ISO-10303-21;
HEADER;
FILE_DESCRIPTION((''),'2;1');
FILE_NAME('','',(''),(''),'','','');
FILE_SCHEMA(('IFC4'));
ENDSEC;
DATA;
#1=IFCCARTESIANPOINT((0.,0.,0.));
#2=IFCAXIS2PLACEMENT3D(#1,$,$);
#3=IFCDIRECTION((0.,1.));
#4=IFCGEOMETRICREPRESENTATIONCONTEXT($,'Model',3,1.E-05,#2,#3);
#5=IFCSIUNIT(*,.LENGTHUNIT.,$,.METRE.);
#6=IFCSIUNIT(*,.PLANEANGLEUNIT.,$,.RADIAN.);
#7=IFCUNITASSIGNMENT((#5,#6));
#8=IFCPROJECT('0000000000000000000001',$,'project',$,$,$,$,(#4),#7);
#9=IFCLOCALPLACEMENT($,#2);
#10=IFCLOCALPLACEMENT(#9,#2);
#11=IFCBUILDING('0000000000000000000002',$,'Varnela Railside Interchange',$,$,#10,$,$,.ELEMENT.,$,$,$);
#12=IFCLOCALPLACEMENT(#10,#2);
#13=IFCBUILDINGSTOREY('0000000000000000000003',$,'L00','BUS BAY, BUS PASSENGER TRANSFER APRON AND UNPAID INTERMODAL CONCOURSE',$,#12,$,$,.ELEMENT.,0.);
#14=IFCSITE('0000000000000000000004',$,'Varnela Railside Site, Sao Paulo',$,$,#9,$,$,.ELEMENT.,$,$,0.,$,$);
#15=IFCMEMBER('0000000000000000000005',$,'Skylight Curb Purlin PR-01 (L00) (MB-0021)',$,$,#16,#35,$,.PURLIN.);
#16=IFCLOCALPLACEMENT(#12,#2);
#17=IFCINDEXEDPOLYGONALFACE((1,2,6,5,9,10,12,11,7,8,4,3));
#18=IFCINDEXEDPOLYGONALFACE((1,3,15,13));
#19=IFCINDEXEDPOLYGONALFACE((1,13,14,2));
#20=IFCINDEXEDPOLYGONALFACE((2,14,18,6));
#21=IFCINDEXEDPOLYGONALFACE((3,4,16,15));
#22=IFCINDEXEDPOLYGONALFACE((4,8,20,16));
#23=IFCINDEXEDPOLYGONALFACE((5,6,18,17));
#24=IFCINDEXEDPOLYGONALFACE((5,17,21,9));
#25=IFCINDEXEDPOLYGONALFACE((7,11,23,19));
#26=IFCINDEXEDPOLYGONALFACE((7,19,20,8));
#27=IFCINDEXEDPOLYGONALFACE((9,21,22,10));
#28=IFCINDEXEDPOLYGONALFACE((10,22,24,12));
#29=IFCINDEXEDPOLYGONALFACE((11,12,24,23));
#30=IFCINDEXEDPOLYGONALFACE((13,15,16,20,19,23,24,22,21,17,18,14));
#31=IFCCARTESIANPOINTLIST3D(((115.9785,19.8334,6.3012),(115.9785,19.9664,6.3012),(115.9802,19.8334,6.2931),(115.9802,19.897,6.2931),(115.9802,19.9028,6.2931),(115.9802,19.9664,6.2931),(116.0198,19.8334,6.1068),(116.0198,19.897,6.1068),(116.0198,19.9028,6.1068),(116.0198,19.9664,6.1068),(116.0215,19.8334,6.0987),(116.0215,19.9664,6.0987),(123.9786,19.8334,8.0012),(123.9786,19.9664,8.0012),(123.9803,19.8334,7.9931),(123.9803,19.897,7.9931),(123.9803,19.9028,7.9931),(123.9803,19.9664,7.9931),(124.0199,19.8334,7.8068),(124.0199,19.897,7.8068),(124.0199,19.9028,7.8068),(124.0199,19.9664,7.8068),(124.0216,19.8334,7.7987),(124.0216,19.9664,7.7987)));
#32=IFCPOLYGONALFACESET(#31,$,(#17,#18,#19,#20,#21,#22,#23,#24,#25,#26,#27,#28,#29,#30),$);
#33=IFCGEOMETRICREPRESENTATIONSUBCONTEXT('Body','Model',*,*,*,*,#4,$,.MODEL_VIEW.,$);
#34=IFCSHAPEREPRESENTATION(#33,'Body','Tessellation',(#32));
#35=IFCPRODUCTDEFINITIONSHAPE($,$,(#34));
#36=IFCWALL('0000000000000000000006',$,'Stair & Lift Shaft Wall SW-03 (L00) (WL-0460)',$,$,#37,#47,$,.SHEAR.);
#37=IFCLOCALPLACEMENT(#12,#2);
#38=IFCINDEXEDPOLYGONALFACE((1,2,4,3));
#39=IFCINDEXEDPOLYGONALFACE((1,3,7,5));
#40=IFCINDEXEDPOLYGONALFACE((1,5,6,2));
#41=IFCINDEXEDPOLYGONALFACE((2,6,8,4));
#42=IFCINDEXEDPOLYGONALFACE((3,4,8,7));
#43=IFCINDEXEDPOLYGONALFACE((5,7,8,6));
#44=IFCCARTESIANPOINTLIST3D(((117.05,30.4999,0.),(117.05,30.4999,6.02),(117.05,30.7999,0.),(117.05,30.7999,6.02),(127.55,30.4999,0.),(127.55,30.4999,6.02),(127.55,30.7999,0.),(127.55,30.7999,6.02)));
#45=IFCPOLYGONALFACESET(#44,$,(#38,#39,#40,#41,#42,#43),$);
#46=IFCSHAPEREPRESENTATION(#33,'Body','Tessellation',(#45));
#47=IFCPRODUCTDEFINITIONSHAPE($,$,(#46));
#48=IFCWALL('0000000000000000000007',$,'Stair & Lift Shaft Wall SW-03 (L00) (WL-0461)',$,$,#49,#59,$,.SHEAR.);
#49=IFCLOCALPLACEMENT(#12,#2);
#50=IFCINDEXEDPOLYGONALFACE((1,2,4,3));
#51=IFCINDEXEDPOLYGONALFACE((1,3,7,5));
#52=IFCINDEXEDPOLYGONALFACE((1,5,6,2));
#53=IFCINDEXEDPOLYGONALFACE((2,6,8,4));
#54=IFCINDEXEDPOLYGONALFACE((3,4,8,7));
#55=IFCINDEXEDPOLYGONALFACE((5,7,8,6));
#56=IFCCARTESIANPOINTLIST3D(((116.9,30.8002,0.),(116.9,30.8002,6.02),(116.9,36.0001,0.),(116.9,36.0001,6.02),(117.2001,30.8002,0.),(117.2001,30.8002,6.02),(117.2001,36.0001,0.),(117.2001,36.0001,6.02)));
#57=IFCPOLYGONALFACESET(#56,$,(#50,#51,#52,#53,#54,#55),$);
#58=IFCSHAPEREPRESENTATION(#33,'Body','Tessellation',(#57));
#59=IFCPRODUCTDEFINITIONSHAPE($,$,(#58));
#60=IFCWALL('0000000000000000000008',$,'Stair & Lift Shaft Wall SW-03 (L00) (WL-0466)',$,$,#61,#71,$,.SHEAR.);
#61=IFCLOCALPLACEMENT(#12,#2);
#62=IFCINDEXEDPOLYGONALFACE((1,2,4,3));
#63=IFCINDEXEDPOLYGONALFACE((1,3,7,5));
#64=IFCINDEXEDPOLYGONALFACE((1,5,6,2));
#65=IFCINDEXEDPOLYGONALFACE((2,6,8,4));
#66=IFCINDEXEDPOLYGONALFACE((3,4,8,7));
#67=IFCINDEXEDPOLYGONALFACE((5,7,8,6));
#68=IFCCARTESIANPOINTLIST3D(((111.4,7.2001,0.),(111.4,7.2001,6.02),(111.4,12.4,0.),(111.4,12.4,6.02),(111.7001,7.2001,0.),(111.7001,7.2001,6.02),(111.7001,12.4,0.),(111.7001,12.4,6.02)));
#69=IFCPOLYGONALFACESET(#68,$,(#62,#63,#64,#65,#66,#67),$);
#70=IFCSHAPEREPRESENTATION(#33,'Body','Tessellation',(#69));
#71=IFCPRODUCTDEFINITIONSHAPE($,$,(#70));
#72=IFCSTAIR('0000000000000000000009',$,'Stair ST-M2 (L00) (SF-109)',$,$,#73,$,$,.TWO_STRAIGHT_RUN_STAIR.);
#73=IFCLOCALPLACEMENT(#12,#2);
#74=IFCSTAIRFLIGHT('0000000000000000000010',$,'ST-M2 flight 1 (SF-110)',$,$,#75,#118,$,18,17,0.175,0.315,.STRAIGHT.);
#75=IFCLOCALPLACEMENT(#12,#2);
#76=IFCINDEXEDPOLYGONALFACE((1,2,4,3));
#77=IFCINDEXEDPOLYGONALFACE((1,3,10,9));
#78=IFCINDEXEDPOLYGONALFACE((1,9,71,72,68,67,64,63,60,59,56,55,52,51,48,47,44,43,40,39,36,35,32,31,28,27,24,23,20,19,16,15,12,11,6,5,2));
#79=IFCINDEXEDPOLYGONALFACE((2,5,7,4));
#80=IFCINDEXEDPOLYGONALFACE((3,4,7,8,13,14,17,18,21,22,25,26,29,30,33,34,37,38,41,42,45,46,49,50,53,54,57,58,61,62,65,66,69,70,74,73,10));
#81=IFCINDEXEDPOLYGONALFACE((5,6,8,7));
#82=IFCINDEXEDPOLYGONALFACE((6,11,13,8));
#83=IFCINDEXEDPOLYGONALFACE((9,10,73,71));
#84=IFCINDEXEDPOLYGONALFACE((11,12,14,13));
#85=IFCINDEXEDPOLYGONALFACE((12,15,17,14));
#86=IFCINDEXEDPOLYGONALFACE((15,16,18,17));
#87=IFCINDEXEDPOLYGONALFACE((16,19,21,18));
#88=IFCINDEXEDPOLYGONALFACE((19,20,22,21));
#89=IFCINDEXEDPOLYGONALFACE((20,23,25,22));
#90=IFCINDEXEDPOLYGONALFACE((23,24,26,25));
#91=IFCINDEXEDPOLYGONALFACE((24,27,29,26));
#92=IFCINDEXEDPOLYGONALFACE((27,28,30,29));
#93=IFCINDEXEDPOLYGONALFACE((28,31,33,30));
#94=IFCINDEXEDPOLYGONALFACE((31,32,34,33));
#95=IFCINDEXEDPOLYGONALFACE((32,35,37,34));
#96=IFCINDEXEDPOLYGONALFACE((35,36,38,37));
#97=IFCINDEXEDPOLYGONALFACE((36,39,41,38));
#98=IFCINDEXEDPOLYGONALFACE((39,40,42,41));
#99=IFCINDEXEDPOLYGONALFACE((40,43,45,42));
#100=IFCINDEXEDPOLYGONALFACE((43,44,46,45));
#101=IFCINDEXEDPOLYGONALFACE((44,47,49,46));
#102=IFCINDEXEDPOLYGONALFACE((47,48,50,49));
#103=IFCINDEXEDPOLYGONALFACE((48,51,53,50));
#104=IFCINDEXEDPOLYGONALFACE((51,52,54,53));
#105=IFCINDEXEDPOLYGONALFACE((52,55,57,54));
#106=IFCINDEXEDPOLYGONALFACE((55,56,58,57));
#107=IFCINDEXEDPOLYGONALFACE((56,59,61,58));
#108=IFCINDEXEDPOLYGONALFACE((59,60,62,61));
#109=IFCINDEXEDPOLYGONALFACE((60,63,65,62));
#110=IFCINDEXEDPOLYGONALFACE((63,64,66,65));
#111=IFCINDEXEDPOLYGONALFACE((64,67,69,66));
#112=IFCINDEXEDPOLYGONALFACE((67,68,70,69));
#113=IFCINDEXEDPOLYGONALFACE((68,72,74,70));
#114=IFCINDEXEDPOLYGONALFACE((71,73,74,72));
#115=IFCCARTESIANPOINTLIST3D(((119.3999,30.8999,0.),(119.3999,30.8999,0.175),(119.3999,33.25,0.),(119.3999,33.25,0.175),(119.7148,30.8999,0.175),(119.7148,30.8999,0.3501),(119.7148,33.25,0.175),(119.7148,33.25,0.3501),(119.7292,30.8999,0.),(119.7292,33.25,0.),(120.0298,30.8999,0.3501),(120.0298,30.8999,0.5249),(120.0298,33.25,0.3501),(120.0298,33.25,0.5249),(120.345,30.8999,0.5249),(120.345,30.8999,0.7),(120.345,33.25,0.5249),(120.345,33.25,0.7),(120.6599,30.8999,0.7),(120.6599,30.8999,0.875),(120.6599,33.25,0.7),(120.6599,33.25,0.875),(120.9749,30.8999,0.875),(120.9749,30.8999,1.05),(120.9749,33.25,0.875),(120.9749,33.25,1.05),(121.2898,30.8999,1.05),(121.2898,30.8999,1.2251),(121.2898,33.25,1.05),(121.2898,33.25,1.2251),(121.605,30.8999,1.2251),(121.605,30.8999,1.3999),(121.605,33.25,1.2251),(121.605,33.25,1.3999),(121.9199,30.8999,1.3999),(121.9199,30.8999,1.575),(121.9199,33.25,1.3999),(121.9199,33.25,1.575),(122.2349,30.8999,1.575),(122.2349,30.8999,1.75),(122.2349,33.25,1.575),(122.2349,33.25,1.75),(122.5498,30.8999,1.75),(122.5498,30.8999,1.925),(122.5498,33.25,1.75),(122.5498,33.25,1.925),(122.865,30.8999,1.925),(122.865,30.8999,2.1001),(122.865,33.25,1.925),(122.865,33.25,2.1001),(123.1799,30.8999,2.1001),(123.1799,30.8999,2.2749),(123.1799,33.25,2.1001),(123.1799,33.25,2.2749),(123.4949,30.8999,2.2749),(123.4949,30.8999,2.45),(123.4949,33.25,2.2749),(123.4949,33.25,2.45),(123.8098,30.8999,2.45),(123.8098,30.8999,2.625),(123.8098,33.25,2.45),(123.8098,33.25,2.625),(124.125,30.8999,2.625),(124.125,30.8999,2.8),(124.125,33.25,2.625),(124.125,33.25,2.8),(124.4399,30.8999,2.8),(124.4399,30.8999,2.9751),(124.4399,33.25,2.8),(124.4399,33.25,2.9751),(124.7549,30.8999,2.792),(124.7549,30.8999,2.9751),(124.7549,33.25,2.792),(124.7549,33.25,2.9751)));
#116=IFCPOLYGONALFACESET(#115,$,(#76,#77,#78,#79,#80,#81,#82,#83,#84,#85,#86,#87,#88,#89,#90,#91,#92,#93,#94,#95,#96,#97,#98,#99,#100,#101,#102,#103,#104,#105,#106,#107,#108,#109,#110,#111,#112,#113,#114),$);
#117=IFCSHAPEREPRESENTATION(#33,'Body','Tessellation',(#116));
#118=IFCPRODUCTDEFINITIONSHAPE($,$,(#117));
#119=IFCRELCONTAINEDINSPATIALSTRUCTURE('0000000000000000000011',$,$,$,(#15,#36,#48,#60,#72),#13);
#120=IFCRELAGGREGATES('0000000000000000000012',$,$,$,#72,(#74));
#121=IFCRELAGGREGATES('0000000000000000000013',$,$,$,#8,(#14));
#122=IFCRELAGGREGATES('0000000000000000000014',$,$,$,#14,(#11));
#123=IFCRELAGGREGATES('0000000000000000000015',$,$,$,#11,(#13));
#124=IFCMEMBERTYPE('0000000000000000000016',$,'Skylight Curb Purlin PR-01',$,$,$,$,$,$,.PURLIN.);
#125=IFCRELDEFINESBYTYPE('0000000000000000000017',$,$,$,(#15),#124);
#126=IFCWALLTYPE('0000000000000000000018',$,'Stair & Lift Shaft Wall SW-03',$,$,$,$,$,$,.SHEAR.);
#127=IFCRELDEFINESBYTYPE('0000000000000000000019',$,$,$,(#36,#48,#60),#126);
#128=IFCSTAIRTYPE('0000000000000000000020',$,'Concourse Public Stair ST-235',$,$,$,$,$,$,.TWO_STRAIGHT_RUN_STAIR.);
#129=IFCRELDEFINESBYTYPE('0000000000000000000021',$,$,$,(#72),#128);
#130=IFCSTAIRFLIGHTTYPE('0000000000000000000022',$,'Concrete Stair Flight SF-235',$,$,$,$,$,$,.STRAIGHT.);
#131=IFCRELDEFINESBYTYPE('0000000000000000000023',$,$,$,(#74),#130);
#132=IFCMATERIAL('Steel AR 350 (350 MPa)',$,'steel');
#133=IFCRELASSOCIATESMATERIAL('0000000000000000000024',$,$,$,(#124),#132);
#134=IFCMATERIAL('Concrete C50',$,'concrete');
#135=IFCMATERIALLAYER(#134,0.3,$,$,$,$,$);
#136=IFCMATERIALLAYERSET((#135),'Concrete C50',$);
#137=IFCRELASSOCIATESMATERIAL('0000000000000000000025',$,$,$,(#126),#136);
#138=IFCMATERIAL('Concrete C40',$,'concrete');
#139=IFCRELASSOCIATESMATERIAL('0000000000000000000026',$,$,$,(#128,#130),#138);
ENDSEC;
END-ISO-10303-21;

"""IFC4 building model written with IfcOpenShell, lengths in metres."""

from ifc_helpers import new_model, si_unit, direction, frame, frame_2d, origin, origin_2d, place, context, subcontext, project, spatial, polyline, rectangle, i_section, outline, extrude, material, layer, layer_set, material_profile, profile_set, type_object, element, aggregate, save


model = new_model("IFC4")

# Units and contexts
model_context = context("Model", 3, precision=1e-05, world=origin(), true_north=direction((0.0, 1.0)))
body_context = subcontext(model_context, "Body", "Model", "MODEL_VIEW")
ifc_project = project(units=[si_unit("LENGTHUNIT", "METRE"), si_unit("PLANEANGLEUNIT", "RADIAN")], contexts=[model_context])

# Site, building, storey
site_placement = place(None, origin())
site = spatial("IfcSite", under=ifc_project, at=site_placement, Name="Varnela Railside Site, Sao Paulo", CompositionType="ELEMENT", RefElevation=0.0)
building_placement = place(site_placement, origin())
building = spatial("IfcBuilding", under=site, at=building_placement, Name="Varnela Railside Interchange", CompositionType="ELEMENT")
storey_placement = place(building_placement, origin())
storey = spatial("IfcBuildingStorey", under=building, at=storey_placement, Name="L00", Description="BUS BAY, BUS PASSENGER TRANSFER APRON AND UNPAID INTERMODAL CONCOURSE", CompositionType="ELEMENT", Elevation=0.0)

# Shared definitions
ifc_material_1 = material(Name="Concrete C50", Category="concrete")

# Shared definitions
ifc_material_2 = material(Name="Steel AR 350 (350 MPa)", Category="steel")

# Shared definitions
ifc_material_3 = material(Name="Concrete C40", Category="concrete")

# Member
ifc_material_profile_1 = material_profile(ifc_material_2, i_section(OverallWidth=0.1331, OverallDepth=0.207, WebThickness=0.0059, FlangeThickness=0.0083, at=origin_2d()), Name="W200x26.6")
ifc_profile_set_1 = profile_set([ifc_material_profile_1], Name="Steel AR 350 (350 MPa)")
member_type_1 = type_object("IfcMemberType", Name="Skylight Curb Purlin PR-01", PredefinedType="PURLIN", material=ifc_profile_set_1)
for number, where, z_axis, x_axis, name in (
    (1, (116.0, 19.8999, 6.2), (0.97816, 0.0, 0.207853), (0.0, 1.0, 0.0), "Skylight Curb Purlin PR-01 (L00) (MB-0021)"),
):
    element("IfcMember", number, at=place(storey_placement, frame(where, z_axis=z_axis, x_axis=x_axis)), inside=storey, type_object=member_type_1, Name=name, PredefinedType="PURLIN", context=body_context, shape_type="SweptSolid", body=[
        extrude(i_section(OverallWidth=0.1331, OverallDepth=0.207, WebThickness=0.0059, FlangeThickness=0.0083, at=origin_2d()), origin(), (0.0, 0.0, 1.0), 8.1787),
    ])

# Walls
ifc_layer = layer(ifc_material_1, 0.3)
ifc_layer_set = layer_set([ifc_layer], Name="Concrete C50")
wall_type = type_object("IfcWallType", Name="Stair & Lift Shaft Wall SW-03", PredefinedType="SHEAR", material=ifc_layer_set)
wall_placement = place(storey_placement, frame((117.05, 30.6499, 0.0), z_axis=(0.0, 0.0, 1.0), x_axis=(1.0, 0.0, 0.0)))
element("IfcWall", 2, at=wall_placement, inside=storey, type_object=wall_type, Name="Stair & Lift Shaft Wall SW-03 (L00) (WL-0460)", PredefinedType="SHEAR", context=body_context, shape_type="SweptSolid", body=[
    extrude(rectangle(XDim=10.5, YDim=0.3, at=frame_2d((5.25, 0.0))), origin(), (0.0, 0.0, 1.0), 6.02),
])
for number, where, z_axis, x_axis, name in (
    (3, (117.05, 30.8, 0.0), (0.0, 0.0, 1.0), (0.0, 1.0, 0.0), "Stair & Lift Shaft Wall SW-03 (L00) (WL-0461)"),
    (4, (111.55, 7.2, 0.0), (0.0, 0.0, 1.0), (0.0, 1.0, 0.0), "Stair & Lift Shaft Wall SW-03 (L00) (WL-0466)"),
):
    element("IfcWall", number, at=place(storey_placement, frame(where, z_axis=z_axis, x_axis=x_axis)), inside=storey, type_object=wall_type, Name=name, PredefinedType="SHEAR", context=body_context, shape_type="SweptSolid", body=[
        extrude(rectangle(XDim=5.2, YDim=0.3, at=frame_2d((2.6001, 0.0))), origin(), (0.0, 0.0, 1.0), 6.02),
    ])

# Stair, stair flight
stair_type = type_object("IfcStairType", Name="Concourse Public Stair ST-235", PredefinedType="TWO_STRAIGHT_RUN_STAIR", material=ifc_material_3)
stair_placement = place(storey_placement, origin())
stair = element("IfcStair", 5, at=stair_placement, inside=storey, type_object=stair_type, Name="Stair ST-M2 (L00) (SF-109)", PredefinedType="TWO_STRAIGHT_RUN_STAIR")
stair_flight_type = type_object("IfcStairFlightType", Name="Concrete Stair Flight SF-235", PredefinedType="STRAIGHT", material=ifc_material_3)
stair_flight_placement = place(storey_placement, frame((119.3999, 32.075, 0.0), z_axis=(0.0, 0.0, 1.0), x_axis=(1.0, 0.0, 0.0)))
stair_flight = element("IfcStairFlight", 6, at=stair_flight_placement, type_object=stair_flight_type, Name="ST-M2 flight 1 (SF-110)", NumberOfRisers=18, NumberOfTreads=17, PredefinedType="STRAIGHT", RiserHeight=0.175, TreadLength=0.315, context=body_context, shape_type="SweptSolid", body=[
    extrude(outline(polyline([(0.0, 0.0), (0.0, 0.175), (0.3149, 0.175), (0.3149, 0.3501), (0.6299, 0.3501), (0.6299, 0.5249), (0.9451, 0.5249), (0.9451, 0.7), (1.26, 0.7), (1.26, 0.875), (1.575, 0.875), (1.575, 1.05), (1.8899, 1.05), (1.8899, 1.2251), (2.2051, 1.2251), (2.2051, 1.3999), (2.52, 1.3999), (2.52, 1.575), (2.835, 1.575), (2.835, 1.75), (3.1499, 1.75), (3.1499, 1.925), (3.4651, 1.925), (3.4651, 2.1001), (3.78, 2.1001), (3.78, 2.2749), (4.095, 2.2749), (4.095, 2.45), (4.4099, 2.45), (4.4099, 2.625), (4.7251, 2.625), (4.7251, 2.8), (5.04, 2.8), (5.04, 2.9751), (5.355, 2.9751), (5.355, 3.1499), (5.355, 2.792), (0.3293, 0.0), (0.0, 0.0)])), frame((0.0, 1.175, 0.0), z_axis=(0.0, -1.0, 0.0), x_axis=(1.0, 0.0, 0.0)), (0.0, 0.0, 1.0), 2.3501),
])
aggregate(stair, [stair_flight])

save(model, "model.ifc")
